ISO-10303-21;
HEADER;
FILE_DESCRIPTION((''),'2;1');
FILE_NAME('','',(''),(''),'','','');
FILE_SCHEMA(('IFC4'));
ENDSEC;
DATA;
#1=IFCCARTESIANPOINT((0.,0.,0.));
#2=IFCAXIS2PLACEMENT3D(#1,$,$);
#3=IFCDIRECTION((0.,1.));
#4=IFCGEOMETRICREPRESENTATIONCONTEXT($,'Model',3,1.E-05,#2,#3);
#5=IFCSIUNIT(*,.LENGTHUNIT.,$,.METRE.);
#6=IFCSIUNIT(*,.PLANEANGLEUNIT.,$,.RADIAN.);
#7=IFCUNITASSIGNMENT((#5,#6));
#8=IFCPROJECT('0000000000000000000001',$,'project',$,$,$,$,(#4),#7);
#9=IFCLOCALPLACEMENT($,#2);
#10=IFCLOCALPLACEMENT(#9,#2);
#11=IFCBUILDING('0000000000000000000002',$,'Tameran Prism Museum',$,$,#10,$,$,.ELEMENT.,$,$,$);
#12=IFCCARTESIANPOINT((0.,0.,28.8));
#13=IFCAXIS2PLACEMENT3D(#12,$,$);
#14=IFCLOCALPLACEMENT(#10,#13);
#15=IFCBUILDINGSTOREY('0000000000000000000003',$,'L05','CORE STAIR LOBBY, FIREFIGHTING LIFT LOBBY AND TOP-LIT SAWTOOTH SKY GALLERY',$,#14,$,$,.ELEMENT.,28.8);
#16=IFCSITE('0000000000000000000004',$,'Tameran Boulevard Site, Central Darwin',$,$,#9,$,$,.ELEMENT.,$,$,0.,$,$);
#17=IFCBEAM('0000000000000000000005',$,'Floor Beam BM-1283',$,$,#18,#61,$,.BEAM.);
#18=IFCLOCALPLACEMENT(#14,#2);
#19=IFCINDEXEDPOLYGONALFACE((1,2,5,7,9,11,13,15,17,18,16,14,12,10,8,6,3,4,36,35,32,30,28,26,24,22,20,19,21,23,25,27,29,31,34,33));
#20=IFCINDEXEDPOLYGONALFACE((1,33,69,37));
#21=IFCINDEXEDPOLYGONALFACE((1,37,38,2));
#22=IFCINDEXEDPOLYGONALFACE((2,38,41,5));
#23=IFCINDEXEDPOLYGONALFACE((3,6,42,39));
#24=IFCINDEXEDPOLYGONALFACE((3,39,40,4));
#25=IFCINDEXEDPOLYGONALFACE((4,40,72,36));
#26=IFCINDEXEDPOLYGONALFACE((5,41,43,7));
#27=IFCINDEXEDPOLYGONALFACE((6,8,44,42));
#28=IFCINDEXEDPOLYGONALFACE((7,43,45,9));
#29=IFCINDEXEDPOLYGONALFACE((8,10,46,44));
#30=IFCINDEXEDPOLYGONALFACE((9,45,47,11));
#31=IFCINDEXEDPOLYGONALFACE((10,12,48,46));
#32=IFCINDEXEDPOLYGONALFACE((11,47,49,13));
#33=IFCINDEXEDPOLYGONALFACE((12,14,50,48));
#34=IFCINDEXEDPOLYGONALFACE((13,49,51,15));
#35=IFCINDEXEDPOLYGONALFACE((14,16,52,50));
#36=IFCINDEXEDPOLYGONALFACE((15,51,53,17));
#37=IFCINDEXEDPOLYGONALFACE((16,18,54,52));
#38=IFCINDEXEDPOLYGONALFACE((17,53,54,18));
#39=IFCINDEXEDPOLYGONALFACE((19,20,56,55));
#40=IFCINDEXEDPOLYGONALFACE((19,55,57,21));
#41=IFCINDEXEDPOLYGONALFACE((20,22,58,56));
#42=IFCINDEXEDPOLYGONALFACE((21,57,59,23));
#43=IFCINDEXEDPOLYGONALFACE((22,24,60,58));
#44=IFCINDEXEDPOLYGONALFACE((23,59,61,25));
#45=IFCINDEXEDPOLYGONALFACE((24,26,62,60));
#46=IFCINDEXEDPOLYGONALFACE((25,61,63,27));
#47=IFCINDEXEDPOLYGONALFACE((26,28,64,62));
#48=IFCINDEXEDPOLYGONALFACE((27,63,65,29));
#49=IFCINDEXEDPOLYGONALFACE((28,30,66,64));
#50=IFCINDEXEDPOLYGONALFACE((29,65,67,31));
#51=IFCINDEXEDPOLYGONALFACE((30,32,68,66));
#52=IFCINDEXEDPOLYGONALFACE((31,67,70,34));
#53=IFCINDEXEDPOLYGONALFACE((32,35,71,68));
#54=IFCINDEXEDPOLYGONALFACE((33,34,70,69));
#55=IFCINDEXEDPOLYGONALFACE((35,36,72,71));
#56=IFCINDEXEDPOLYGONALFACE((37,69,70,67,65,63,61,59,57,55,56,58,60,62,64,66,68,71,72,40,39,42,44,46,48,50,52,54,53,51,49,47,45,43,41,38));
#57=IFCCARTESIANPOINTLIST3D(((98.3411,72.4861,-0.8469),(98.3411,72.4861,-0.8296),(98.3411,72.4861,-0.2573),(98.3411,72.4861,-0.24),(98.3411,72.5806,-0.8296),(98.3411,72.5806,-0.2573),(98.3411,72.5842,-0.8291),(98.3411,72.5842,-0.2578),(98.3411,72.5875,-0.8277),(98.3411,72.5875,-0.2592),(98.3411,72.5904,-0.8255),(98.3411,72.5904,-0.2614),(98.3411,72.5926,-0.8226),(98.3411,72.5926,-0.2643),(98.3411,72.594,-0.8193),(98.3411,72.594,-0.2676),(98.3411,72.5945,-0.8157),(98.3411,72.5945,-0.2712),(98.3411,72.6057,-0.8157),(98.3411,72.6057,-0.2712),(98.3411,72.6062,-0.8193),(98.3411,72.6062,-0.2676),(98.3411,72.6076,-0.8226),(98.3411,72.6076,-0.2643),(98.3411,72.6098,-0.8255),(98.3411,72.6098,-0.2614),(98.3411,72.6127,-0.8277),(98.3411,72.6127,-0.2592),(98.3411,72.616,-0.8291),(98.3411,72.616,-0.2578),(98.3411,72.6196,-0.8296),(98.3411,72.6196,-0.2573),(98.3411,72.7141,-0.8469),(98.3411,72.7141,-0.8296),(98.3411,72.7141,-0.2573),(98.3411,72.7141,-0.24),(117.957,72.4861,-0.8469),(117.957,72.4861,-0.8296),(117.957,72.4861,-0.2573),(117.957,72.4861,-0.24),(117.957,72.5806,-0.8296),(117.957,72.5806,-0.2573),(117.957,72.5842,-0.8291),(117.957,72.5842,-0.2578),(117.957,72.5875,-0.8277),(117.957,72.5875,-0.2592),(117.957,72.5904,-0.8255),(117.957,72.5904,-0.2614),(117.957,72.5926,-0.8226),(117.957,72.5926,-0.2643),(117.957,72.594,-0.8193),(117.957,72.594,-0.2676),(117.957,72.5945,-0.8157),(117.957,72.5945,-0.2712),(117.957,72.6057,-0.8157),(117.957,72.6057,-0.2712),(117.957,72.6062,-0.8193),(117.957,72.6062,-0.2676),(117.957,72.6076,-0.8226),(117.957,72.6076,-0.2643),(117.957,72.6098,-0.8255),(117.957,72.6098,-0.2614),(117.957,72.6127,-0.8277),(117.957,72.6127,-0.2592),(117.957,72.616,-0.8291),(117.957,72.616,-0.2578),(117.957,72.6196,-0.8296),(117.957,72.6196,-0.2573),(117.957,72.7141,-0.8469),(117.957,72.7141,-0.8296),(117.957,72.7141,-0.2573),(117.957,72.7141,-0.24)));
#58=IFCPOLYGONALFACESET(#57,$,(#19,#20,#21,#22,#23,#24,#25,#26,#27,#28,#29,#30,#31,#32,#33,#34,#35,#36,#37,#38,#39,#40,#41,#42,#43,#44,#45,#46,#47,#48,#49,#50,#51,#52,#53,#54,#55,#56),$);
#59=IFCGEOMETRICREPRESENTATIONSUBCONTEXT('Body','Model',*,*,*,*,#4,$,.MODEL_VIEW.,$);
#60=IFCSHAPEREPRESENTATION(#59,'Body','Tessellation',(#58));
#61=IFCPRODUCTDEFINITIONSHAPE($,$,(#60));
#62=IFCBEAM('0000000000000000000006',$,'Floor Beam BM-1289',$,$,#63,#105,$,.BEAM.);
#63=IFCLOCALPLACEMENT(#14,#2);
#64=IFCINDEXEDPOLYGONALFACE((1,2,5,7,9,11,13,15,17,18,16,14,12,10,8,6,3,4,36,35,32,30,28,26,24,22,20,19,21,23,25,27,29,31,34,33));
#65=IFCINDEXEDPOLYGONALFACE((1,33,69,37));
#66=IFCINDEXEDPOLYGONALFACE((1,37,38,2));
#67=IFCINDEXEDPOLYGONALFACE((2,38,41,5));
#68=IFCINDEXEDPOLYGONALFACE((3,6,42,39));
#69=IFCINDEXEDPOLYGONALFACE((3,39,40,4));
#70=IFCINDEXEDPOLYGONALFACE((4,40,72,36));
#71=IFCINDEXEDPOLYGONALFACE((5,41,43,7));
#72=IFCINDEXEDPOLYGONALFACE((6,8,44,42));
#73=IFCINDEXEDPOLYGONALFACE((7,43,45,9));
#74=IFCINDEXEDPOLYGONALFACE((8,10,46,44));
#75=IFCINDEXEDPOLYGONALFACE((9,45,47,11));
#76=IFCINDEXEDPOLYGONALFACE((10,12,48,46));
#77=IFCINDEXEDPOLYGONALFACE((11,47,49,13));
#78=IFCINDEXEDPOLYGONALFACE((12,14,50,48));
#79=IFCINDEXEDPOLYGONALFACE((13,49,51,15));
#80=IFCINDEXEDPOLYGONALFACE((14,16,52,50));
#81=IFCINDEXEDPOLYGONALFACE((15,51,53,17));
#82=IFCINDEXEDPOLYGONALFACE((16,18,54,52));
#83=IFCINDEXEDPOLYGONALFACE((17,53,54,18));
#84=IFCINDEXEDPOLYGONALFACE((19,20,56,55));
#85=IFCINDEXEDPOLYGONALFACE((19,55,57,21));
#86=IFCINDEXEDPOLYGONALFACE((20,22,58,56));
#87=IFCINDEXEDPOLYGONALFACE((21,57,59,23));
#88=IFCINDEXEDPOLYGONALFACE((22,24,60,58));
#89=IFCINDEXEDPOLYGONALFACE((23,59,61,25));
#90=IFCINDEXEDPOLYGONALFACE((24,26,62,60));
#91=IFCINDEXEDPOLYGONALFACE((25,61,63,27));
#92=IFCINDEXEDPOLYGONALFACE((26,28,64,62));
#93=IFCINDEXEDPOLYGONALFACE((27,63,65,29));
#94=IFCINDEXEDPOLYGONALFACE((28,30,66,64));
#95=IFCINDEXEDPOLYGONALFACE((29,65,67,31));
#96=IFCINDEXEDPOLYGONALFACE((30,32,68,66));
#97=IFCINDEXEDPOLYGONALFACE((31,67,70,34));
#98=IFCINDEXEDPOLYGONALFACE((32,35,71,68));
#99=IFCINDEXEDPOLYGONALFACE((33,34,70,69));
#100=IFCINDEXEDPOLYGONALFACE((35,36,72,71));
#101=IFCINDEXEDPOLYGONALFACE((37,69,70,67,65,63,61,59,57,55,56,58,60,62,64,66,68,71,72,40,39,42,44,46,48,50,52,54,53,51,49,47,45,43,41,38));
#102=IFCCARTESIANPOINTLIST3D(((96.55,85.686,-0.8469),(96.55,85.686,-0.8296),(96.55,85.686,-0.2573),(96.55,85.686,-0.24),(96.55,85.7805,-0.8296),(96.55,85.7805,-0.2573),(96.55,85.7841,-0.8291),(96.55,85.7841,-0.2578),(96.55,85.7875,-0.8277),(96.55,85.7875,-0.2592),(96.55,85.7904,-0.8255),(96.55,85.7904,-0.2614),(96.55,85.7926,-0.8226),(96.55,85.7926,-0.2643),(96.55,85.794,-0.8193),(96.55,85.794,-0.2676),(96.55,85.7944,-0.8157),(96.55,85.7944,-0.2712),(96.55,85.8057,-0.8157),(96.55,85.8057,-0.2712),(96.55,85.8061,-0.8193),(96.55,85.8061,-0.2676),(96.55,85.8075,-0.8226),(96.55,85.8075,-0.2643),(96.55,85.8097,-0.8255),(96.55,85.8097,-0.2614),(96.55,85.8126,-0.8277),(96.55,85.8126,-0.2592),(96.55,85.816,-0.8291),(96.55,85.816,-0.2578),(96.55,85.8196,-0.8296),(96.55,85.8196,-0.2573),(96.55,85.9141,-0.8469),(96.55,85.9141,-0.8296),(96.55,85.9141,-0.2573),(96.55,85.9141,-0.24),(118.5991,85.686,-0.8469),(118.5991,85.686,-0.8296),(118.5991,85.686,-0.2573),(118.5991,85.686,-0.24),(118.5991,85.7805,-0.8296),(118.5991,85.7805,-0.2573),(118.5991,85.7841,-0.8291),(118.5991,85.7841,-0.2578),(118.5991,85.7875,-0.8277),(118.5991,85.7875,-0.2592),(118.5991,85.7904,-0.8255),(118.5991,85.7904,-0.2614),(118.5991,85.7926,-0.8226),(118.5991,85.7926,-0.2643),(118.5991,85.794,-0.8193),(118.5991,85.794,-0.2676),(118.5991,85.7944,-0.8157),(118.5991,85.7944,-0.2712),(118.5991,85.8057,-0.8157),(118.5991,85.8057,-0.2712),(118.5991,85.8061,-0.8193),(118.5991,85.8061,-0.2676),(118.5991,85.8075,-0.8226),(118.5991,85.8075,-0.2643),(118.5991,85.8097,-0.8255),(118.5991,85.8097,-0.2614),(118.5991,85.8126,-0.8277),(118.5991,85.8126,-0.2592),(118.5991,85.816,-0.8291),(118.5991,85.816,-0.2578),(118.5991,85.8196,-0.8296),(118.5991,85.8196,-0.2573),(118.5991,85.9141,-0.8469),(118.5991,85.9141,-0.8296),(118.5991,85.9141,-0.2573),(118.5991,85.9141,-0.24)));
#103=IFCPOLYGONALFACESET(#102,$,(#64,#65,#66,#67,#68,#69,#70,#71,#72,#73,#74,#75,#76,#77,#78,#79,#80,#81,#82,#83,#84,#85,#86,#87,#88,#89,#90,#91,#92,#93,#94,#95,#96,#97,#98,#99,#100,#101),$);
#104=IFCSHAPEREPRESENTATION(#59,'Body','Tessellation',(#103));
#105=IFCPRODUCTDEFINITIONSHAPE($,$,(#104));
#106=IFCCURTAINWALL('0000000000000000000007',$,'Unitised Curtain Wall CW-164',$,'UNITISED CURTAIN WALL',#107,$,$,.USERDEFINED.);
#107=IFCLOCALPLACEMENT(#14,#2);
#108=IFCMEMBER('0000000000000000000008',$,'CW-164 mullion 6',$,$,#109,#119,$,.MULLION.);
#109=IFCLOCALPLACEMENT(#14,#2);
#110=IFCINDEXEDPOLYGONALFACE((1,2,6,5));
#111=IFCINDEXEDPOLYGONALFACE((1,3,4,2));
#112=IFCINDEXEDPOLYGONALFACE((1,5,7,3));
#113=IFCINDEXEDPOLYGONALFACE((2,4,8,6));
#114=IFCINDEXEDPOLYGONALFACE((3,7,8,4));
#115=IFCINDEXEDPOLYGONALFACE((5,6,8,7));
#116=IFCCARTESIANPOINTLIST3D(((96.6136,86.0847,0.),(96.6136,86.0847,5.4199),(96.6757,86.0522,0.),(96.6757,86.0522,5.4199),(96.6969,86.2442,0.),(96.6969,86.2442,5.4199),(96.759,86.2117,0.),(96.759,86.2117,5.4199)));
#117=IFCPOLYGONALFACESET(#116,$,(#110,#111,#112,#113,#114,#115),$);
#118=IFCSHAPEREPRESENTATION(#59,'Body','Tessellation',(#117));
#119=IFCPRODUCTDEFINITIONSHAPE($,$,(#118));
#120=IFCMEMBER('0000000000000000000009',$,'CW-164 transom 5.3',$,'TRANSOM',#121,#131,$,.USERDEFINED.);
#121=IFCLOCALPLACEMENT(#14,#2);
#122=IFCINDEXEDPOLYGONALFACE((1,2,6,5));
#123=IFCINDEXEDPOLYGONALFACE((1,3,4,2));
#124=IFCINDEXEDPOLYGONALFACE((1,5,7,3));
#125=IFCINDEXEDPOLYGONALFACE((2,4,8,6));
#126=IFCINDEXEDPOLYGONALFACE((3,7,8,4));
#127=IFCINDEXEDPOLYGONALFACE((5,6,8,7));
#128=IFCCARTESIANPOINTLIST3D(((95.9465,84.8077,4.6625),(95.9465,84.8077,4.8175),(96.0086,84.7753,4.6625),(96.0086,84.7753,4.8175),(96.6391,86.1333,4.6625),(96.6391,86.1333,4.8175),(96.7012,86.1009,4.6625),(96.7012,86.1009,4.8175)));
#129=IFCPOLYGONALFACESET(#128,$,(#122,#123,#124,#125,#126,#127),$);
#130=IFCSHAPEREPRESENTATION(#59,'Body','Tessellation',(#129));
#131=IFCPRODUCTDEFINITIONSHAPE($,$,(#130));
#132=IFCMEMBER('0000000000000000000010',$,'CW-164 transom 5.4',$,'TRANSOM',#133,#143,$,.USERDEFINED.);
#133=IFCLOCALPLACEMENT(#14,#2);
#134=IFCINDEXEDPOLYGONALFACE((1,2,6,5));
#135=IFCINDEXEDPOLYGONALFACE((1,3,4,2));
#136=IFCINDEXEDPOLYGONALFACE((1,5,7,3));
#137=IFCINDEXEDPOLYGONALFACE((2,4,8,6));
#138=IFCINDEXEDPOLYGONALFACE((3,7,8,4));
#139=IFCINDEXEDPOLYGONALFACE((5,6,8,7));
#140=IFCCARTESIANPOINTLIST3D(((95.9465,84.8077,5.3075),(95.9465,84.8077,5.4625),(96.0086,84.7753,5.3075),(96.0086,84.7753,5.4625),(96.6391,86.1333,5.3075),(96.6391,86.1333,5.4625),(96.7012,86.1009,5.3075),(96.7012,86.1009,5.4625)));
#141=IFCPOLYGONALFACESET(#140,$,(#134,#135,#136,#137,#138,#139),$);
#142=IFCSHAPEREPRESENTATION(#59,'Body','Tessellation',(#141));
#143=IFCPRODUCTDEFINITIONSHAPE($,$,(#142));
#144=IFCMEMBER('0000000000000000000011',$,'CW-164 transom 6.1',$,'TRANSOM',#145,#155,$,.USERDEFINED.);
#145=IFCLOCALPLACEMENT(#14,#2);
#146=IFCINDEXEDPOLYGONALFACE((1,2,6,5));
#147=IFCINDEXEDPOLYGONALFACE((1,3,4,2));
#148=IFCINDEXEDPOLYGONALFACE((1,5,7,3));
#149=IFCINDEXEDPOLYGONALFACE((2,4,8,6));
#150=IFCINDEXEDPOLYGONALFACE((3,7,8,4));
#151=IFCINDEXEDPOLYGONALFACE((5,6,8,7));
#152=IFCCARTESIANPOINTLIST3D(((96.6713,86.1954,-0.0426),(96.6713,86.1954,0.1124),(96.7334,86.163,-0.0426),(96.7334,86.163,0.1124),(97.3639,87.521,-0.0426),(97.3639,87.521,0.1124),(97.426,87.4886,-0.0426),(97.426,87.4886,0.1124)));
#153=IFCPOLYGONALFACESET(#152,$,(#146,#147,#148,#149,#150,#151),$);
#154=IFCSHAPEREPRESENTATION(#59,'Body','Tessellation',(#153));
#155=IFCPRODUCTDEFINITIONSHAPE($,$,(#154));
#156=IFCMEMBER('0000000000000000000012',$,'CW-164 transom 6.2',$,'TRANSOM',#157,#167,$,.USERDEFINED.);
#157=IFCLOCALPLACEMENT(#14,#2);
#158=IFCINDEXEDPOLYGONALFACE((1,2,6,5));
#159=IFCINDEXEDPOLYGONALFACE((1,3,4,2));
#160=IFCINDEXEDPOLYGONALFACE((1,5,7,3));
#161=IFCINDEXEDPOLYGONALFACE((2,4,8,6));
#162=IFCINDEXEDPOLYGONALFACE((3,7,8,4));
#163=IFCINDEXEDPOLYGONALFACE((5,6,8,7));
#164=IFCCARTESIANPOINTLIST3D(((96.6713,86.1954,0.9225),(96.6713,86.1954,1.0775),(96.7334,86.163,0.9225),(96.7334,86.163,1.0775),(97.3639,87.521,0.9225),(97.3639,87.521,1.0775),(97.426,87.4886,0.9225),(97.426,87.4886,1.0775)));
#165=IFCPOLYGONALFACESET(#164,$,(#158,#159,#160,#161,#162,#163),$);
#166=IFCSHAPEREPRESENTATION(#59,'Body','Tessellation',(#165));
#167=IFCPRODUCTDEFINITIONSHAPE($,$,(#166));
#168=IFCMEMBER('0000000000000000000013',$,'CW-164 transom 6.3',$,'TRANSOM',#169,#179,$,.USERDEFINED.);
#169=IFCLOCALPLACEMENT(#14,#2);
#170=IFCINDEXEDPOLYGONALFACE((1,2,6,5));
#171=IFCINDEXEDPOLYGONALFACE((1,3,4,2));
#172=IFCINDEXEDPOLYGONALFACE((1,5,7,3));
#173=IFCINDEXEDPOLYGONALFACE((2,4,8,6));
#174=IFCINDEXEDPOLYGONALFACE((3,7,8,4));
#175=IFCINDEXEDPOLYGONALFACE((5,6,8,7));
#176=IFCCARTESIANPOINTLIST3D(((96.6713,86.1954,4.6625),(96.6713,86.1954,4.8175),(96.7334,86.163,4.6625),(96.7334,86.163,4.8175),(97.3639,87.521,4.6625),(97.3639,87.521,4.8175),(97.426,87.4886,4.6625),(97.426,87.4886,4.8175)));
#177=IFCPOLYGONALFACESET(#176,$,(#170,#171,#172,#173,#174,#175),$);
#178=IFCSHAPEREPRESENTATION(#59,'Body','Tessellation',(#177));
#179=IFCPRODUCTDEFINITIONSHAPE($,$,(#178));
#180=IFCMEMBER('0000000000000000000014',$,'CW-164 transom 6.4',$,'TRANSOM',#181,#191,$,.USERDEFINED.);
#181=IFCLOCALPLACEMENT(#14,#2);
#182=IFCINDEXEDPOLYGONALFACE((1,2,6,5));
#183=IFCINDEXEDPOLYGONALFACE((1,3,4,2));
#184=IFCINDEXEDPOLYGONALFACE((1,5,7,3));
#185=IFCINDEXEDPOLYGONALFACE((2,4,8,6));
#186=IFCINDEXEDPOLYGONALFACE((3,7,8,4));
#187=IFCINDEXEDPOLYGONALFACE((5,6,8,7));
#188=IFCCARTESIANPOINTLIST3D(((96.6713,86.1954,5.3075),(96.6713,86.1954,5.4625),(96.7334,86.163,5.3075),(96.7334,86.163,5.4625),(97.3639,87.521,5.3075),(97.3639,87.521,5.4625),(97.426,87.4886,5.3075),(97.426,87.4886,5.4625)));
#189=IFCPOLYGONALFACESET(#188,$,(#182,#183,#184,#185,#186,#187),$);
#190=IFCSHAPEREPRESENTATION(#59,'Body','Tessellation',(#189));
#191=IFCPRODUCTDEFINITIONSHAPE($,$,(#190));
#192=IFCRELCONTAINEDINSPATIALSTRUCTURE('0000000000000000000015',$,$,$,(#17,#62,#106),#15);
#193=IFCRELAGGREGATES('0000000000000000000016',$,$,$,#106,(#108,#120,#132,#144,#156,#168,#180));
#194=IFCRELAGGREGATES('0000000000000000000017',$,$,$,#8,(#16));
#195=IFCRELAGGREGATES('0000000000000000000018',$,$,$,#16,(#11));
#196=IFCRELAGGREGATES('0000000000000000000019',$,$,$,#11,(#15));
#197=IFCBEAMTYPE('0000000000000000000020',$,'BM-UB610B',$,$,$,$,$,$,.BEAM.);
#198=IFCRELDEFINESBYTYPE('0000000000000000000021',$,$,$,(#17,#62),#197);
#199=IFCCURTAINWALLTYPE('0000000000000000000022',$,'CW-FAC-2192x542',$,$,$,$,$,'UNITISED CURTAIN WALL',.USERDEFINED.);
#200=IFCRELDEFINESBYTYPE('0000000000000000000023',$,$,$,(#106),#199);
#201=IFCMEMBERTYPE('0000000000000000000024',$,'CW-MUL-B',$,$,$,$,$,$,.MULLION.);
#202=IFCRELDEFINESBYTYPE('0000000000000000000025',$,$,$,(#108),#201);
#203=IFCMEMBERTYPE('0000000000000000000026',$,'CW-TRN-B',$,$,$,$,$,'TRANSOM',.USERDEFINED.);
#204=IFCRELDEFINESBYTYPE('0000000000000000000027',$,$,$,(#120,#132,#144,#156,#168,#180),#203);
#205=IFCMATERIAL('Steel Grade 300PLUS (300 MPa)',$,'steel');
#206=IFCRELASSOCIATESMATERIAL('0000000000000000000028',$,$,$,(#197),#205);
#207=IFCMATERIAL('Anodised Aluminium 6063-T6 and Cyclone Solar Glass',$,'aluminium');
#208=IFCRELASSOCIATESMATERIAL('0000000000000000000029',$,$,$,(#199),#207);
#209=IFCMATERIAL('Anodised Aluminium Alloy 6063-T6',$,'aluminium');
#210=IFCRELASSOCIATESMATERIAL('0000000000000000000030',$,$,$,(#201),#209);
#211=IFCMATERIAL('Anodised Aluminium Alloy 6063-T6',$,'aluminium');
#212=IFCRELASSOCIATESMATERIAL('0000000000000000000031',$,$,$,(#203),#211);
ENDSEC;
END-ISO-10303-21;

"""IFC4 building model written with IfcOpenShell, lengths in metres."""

from ifc_helpers import new_model, si_unit, direction, frame, origin, origin_2d, place, context, subcontext, project, spatial, rectangle, i_section, extrude, material, material_profile, profile_set, type_object, element, aggregate, save


model = new_model("IFC4")

# Units and contexts
model_context = context("Model", 3, precision=1e-05, world=origin(), true_north=direction((0.0, 1.0)))
body_context = subcontext(model_context, "Body", "Model", "MODEL_VIEW")
ifc_project = project(units=[si_unit("LENGTHUNIT", "METRE"), si_unit("PLANEANGLEUNIT", "RADIAN")], contexts=[model_context])

# Site, building, storey
site_placement = place(None, origin())
site = spatial("IfcSite", under=ifc_project, at=site_placement, Name="Tameran Boulevard Site, Central Darwin", CompositionType="ELEMENT", RefElevation=0.0)
building_placement = place(site_placement, origin())
building = spatial("IfcBuilding", under=site, at=building_placement, Name="Tameran Prism Museum", CompositionType="ELEMENT")
storey_placement = place(building_placement, frame((0.0, 0.0, 28.8)))
storey = spatial("IfcBuildingStorey", under=building, at=storey_placement, Name="L05", Description="CORE STAIR LOBBY, FIREFIGHTING LIFT LOBBY AND TOP-LIT SAWTOOTH SKY GALLERY", CompositionType="ELEMENT", Elevation=28.8)

# Beams
ifc_material_1 = material(Name="Steel Grade 300PLUS (300 MPa)", Category="steel")
ifc_material_profile_1 = material_profile(ifc_material_1, i_section(OverallWidth=0.228, OverallDepth=0.6069, WebThickness=0.0112, FlangeThickness=0.0173, FilletRadius=0.0139, at=origin_2d()))
ifc_profile_set_1 = profile_set([ifc_material_profile_1])
beam_type_1 = type_object("IfcBeamType", Name="BM-UB610B", PredefinedType="BEAM", material=ifc_profile_set_1)
beam_1_placement = place(storey_placement, frame((98.3411, 72.6001, -0.5435), z_axis=(1.0, 0.0, 0.0), x_axis=(0.0, 1.0, 0.0)))
element("IfcBeam", 1, at=beam_1_placement, inside=storey, type_object=beam_type_1, Name="Floor Beam BM-1283", PredefinedType="BEAM", context=body_context, shape_type="SweptSolid", body=[
    extrude(i_section(OverallWidth=0.228, OverallDepth=0.6069, WebThickness=0.0112, FlangeThickness=0.0173, FilletRadius=0.0139, at=origin_2d()), origin(), (0.0, 0.0, 1.0), 19.616),
])
beam_2_placement = place(storey_placement, frame((96.55, 85.8, -0.5435), z_axis=(1.0, 0.0, 0.0), x_axis=(0.0, 1.0, 0.0)))
element("IfcBeam", 2, at=beam_2_placement, inside=storey, type_object=beam_type_1, Name="Floor Beam BM-1289", PredefinedType="BEAM", context=body_context, shape_type="SweptSolid", body=[
    extrude(i_section(OverallWidth=0.228, OverallDepth=0.6069, WebThickness=0.0112, FlangeThickness=0.0173, FilletRadius=0.0139, at=origin_2d()), origin(), (0.0, 0.0, 1.0), 22.0491),
])

# Curtain wall, members
ifc_material_2 = material(Name="Anodised Aluminium 6063-T6 and Cyclone Solar Glass", Category="aluminium")
curtain_wall_type = type_object("IfcCurtainWallType", Name="CW-FAC-2192x542", ElementType="UNITISED CURTAIN WALL", PredefinedType="USERDEFINED", material=ifc_material_2)
curtain_wall_placement = place(storey_placement, origin())
curtain_wall = element("IfcCurtainWall", 3, at=curtain_wall_placement, inside=storey, type_object=curtain_wall_type, Name="Unitised Curtain Wall CW-164", ObjectType="UNITISED CURTAIN WALL", PredefinedType="USERDEFINED")
ifc_material_3 = material(Name="Anodised Aluminium Alloy 6063-T6", Category="aluminium")
ifc_material_profile_2 = material_profile(ifc_material_3, rectangle(XDim=0.0701, YDim=0.1799, at=origin_2d()))
ifc_profile_set_2 = profile_set([ifc_material_profile_2])
member_type_1 = type_object("IfcMemberType", Name="CW-MUL-B", PredefinedType="MULLION", material=ifc_profile_set_2)
member_1_placement = place(storey_placement, frame((96.6863, 86.1482, 0.0), z_axis=(0.0, 0.0, 1.0), x_axis=(-0.886357, 0.463003, 0.0)))
member_1 = element("IfcMember", 4, at=member_1_placement, type_object=member_type_1, Name="CW-164 mullion 6", PredefinedType="MULLION", context=body_context, shape_type="SweptSolid", body=[
    extrude(rectangle(XDim=0.0701, YDim=0.1799, at=origin_2d()), origin(), (0.0, 0.0, 1.0), 5.4199),
])
ifc_material_4 = material(Name="Anodised Aluminium Alloy 6063-T6", Category="aluminium")
ifc_material_profile_3 = material_profile(ifc_material_4, rectangle(XDim=0.0701, YDim=0.155, at=origin_2d()))
ifc_profile_set_3 = profile_set([ifc_material_profile_3])
member_type_2 = type_object("IfcMemberType", Name="CW-TRN-B", ElementType="TRANSOM", PredefinedType="USERDEFINED", material=ifc_profile_set_3)
member_2_placement = place(storey_placement, frame((95.9775, 84.7915, 4.74), z_axis=(0.463074, 0.88632, 0.0), x_axis=(-0.88632, 0.463074, 0.0)))
member_2 = element("IfcMember", 5, at=member_2_placement, type_object=member_type_2, Name="CW-164 transom 5.3", ObjectType="TRANSOM", PredefinedType="USERDEFINED", context=body_context, shape_type="SweptSolid", body=[
    extrude(rectangle(XDim=0.0701, YDim=0.155, at=origin_2d()), origin(), (0.0, 0.0, 1.0), 1.4956),
])
member_3_placement = place(storey_placement, frame((95.9775, 84.7915, 5.385), z_axis=(0.463074, 0.88632, 0.0), x_axis=(-0.88632, 0.463074, 0.0)))
member_3 = element("IfcMember", 6, at=member_3_placement, type_object=member_type_2, Name="CW-164 transom 5.4", ObjectType="TRANSOM", PredefinedType="USERDEFINED", context=body_context, shape_type="SweptSolid", body=[
    extrude(rectangle(XDim=0.0701, YDim=0.155, at=origin_2d()), origin(), (0.0, 0.0, 1.0), 1.4956),
])
member_4_placement = place(storey_placement, frame((96.7024, 86.1792, 0.0349), z_axis=(0.463074, 0.88632, 0.0), x_axis=(-0.88632, 0.463074, 0.0)))
member_4 = element("IfcMember", 7, at=member_4_placement, type_object=member_type_2, Name="CW-164 transom 6.1", ObjectType="TRANSOM", PredefinedType="USERDEFINED", context=body_context, shape_type="SweptSolid", body=[
    extrude(rectangle(XDim=0.0701, YDim=0.155, at=origin_2d()), origin(), (0.0, 0.0, 1.0), 1.4956),
])
member_5_placement = place(storey_placement, frame((96.7024, 86.1792, 1.0), z_axis=(0.463074, 0.88632, 0.0), x_axis=(-0.88632, 0.463074, 0.0)))
member_5 = element("IfcMember", 8, at=member_5_placement, type_object=member_type_2, Name="CW-164 transom 6.2", ObjectType="TRANSOM", PredefinedType="USERDEFINED", context=body_context, shape_type="SweptSolid", body=[
    extrude(rectangle(XDim=0.0701, YDim=0.155, at=origin_2d()), origin(), (0.0, 0.0, 1.0), 1.4956),
])
member_6_placement = place(storey_placement, frame((96.7024, 86.1792, 4.74), z_axis=(0.463074, 0.88632, 0.0), x_axis=(-0.88632, 0.463074, 0.0)))
member_6 = element("IfcMember", 9, at=member_6_placement, type_object=member_type_2, Name="CW-164 transom 6.3", ObjectType="TRANSOM", PredefinedType="USERDEFINED", context=body_context, shape_type="SweptSolid", body=[
    extrude(rectangle(XDim=0.0701, YDim=0.155, at=origin_2d()), origin(), (0.0, 0.0, 1.0), 1.4956),
])
member_7_placement = place(storey_placement, frame((96.7024, 86.1792, 5.385), z_axis=(0.463074, 0.88632, 0.0), x_axis=(-0.88632, 0.463074, 0.0)))
member_7 = element("IfcMember", 10, at=member_7_placement, type_object=member_type_2, Name="CW-164 transom 6.4", ObjectType="TRANSOM", PredefinedType="USERDEFINED", context=body_context, shape_type="SweptSolid", body=[
    extrude(rectangle(XDim=0.0701, YDim=0.155, at=origin_2d()), origin(), (0.0, 0.0, 1.0), 1.4956),
])
aggregate(curtain_wall, [member_1, member_2, member_3, member_4, member_5, member_6, member_7])

save(model, "model.ifc")
